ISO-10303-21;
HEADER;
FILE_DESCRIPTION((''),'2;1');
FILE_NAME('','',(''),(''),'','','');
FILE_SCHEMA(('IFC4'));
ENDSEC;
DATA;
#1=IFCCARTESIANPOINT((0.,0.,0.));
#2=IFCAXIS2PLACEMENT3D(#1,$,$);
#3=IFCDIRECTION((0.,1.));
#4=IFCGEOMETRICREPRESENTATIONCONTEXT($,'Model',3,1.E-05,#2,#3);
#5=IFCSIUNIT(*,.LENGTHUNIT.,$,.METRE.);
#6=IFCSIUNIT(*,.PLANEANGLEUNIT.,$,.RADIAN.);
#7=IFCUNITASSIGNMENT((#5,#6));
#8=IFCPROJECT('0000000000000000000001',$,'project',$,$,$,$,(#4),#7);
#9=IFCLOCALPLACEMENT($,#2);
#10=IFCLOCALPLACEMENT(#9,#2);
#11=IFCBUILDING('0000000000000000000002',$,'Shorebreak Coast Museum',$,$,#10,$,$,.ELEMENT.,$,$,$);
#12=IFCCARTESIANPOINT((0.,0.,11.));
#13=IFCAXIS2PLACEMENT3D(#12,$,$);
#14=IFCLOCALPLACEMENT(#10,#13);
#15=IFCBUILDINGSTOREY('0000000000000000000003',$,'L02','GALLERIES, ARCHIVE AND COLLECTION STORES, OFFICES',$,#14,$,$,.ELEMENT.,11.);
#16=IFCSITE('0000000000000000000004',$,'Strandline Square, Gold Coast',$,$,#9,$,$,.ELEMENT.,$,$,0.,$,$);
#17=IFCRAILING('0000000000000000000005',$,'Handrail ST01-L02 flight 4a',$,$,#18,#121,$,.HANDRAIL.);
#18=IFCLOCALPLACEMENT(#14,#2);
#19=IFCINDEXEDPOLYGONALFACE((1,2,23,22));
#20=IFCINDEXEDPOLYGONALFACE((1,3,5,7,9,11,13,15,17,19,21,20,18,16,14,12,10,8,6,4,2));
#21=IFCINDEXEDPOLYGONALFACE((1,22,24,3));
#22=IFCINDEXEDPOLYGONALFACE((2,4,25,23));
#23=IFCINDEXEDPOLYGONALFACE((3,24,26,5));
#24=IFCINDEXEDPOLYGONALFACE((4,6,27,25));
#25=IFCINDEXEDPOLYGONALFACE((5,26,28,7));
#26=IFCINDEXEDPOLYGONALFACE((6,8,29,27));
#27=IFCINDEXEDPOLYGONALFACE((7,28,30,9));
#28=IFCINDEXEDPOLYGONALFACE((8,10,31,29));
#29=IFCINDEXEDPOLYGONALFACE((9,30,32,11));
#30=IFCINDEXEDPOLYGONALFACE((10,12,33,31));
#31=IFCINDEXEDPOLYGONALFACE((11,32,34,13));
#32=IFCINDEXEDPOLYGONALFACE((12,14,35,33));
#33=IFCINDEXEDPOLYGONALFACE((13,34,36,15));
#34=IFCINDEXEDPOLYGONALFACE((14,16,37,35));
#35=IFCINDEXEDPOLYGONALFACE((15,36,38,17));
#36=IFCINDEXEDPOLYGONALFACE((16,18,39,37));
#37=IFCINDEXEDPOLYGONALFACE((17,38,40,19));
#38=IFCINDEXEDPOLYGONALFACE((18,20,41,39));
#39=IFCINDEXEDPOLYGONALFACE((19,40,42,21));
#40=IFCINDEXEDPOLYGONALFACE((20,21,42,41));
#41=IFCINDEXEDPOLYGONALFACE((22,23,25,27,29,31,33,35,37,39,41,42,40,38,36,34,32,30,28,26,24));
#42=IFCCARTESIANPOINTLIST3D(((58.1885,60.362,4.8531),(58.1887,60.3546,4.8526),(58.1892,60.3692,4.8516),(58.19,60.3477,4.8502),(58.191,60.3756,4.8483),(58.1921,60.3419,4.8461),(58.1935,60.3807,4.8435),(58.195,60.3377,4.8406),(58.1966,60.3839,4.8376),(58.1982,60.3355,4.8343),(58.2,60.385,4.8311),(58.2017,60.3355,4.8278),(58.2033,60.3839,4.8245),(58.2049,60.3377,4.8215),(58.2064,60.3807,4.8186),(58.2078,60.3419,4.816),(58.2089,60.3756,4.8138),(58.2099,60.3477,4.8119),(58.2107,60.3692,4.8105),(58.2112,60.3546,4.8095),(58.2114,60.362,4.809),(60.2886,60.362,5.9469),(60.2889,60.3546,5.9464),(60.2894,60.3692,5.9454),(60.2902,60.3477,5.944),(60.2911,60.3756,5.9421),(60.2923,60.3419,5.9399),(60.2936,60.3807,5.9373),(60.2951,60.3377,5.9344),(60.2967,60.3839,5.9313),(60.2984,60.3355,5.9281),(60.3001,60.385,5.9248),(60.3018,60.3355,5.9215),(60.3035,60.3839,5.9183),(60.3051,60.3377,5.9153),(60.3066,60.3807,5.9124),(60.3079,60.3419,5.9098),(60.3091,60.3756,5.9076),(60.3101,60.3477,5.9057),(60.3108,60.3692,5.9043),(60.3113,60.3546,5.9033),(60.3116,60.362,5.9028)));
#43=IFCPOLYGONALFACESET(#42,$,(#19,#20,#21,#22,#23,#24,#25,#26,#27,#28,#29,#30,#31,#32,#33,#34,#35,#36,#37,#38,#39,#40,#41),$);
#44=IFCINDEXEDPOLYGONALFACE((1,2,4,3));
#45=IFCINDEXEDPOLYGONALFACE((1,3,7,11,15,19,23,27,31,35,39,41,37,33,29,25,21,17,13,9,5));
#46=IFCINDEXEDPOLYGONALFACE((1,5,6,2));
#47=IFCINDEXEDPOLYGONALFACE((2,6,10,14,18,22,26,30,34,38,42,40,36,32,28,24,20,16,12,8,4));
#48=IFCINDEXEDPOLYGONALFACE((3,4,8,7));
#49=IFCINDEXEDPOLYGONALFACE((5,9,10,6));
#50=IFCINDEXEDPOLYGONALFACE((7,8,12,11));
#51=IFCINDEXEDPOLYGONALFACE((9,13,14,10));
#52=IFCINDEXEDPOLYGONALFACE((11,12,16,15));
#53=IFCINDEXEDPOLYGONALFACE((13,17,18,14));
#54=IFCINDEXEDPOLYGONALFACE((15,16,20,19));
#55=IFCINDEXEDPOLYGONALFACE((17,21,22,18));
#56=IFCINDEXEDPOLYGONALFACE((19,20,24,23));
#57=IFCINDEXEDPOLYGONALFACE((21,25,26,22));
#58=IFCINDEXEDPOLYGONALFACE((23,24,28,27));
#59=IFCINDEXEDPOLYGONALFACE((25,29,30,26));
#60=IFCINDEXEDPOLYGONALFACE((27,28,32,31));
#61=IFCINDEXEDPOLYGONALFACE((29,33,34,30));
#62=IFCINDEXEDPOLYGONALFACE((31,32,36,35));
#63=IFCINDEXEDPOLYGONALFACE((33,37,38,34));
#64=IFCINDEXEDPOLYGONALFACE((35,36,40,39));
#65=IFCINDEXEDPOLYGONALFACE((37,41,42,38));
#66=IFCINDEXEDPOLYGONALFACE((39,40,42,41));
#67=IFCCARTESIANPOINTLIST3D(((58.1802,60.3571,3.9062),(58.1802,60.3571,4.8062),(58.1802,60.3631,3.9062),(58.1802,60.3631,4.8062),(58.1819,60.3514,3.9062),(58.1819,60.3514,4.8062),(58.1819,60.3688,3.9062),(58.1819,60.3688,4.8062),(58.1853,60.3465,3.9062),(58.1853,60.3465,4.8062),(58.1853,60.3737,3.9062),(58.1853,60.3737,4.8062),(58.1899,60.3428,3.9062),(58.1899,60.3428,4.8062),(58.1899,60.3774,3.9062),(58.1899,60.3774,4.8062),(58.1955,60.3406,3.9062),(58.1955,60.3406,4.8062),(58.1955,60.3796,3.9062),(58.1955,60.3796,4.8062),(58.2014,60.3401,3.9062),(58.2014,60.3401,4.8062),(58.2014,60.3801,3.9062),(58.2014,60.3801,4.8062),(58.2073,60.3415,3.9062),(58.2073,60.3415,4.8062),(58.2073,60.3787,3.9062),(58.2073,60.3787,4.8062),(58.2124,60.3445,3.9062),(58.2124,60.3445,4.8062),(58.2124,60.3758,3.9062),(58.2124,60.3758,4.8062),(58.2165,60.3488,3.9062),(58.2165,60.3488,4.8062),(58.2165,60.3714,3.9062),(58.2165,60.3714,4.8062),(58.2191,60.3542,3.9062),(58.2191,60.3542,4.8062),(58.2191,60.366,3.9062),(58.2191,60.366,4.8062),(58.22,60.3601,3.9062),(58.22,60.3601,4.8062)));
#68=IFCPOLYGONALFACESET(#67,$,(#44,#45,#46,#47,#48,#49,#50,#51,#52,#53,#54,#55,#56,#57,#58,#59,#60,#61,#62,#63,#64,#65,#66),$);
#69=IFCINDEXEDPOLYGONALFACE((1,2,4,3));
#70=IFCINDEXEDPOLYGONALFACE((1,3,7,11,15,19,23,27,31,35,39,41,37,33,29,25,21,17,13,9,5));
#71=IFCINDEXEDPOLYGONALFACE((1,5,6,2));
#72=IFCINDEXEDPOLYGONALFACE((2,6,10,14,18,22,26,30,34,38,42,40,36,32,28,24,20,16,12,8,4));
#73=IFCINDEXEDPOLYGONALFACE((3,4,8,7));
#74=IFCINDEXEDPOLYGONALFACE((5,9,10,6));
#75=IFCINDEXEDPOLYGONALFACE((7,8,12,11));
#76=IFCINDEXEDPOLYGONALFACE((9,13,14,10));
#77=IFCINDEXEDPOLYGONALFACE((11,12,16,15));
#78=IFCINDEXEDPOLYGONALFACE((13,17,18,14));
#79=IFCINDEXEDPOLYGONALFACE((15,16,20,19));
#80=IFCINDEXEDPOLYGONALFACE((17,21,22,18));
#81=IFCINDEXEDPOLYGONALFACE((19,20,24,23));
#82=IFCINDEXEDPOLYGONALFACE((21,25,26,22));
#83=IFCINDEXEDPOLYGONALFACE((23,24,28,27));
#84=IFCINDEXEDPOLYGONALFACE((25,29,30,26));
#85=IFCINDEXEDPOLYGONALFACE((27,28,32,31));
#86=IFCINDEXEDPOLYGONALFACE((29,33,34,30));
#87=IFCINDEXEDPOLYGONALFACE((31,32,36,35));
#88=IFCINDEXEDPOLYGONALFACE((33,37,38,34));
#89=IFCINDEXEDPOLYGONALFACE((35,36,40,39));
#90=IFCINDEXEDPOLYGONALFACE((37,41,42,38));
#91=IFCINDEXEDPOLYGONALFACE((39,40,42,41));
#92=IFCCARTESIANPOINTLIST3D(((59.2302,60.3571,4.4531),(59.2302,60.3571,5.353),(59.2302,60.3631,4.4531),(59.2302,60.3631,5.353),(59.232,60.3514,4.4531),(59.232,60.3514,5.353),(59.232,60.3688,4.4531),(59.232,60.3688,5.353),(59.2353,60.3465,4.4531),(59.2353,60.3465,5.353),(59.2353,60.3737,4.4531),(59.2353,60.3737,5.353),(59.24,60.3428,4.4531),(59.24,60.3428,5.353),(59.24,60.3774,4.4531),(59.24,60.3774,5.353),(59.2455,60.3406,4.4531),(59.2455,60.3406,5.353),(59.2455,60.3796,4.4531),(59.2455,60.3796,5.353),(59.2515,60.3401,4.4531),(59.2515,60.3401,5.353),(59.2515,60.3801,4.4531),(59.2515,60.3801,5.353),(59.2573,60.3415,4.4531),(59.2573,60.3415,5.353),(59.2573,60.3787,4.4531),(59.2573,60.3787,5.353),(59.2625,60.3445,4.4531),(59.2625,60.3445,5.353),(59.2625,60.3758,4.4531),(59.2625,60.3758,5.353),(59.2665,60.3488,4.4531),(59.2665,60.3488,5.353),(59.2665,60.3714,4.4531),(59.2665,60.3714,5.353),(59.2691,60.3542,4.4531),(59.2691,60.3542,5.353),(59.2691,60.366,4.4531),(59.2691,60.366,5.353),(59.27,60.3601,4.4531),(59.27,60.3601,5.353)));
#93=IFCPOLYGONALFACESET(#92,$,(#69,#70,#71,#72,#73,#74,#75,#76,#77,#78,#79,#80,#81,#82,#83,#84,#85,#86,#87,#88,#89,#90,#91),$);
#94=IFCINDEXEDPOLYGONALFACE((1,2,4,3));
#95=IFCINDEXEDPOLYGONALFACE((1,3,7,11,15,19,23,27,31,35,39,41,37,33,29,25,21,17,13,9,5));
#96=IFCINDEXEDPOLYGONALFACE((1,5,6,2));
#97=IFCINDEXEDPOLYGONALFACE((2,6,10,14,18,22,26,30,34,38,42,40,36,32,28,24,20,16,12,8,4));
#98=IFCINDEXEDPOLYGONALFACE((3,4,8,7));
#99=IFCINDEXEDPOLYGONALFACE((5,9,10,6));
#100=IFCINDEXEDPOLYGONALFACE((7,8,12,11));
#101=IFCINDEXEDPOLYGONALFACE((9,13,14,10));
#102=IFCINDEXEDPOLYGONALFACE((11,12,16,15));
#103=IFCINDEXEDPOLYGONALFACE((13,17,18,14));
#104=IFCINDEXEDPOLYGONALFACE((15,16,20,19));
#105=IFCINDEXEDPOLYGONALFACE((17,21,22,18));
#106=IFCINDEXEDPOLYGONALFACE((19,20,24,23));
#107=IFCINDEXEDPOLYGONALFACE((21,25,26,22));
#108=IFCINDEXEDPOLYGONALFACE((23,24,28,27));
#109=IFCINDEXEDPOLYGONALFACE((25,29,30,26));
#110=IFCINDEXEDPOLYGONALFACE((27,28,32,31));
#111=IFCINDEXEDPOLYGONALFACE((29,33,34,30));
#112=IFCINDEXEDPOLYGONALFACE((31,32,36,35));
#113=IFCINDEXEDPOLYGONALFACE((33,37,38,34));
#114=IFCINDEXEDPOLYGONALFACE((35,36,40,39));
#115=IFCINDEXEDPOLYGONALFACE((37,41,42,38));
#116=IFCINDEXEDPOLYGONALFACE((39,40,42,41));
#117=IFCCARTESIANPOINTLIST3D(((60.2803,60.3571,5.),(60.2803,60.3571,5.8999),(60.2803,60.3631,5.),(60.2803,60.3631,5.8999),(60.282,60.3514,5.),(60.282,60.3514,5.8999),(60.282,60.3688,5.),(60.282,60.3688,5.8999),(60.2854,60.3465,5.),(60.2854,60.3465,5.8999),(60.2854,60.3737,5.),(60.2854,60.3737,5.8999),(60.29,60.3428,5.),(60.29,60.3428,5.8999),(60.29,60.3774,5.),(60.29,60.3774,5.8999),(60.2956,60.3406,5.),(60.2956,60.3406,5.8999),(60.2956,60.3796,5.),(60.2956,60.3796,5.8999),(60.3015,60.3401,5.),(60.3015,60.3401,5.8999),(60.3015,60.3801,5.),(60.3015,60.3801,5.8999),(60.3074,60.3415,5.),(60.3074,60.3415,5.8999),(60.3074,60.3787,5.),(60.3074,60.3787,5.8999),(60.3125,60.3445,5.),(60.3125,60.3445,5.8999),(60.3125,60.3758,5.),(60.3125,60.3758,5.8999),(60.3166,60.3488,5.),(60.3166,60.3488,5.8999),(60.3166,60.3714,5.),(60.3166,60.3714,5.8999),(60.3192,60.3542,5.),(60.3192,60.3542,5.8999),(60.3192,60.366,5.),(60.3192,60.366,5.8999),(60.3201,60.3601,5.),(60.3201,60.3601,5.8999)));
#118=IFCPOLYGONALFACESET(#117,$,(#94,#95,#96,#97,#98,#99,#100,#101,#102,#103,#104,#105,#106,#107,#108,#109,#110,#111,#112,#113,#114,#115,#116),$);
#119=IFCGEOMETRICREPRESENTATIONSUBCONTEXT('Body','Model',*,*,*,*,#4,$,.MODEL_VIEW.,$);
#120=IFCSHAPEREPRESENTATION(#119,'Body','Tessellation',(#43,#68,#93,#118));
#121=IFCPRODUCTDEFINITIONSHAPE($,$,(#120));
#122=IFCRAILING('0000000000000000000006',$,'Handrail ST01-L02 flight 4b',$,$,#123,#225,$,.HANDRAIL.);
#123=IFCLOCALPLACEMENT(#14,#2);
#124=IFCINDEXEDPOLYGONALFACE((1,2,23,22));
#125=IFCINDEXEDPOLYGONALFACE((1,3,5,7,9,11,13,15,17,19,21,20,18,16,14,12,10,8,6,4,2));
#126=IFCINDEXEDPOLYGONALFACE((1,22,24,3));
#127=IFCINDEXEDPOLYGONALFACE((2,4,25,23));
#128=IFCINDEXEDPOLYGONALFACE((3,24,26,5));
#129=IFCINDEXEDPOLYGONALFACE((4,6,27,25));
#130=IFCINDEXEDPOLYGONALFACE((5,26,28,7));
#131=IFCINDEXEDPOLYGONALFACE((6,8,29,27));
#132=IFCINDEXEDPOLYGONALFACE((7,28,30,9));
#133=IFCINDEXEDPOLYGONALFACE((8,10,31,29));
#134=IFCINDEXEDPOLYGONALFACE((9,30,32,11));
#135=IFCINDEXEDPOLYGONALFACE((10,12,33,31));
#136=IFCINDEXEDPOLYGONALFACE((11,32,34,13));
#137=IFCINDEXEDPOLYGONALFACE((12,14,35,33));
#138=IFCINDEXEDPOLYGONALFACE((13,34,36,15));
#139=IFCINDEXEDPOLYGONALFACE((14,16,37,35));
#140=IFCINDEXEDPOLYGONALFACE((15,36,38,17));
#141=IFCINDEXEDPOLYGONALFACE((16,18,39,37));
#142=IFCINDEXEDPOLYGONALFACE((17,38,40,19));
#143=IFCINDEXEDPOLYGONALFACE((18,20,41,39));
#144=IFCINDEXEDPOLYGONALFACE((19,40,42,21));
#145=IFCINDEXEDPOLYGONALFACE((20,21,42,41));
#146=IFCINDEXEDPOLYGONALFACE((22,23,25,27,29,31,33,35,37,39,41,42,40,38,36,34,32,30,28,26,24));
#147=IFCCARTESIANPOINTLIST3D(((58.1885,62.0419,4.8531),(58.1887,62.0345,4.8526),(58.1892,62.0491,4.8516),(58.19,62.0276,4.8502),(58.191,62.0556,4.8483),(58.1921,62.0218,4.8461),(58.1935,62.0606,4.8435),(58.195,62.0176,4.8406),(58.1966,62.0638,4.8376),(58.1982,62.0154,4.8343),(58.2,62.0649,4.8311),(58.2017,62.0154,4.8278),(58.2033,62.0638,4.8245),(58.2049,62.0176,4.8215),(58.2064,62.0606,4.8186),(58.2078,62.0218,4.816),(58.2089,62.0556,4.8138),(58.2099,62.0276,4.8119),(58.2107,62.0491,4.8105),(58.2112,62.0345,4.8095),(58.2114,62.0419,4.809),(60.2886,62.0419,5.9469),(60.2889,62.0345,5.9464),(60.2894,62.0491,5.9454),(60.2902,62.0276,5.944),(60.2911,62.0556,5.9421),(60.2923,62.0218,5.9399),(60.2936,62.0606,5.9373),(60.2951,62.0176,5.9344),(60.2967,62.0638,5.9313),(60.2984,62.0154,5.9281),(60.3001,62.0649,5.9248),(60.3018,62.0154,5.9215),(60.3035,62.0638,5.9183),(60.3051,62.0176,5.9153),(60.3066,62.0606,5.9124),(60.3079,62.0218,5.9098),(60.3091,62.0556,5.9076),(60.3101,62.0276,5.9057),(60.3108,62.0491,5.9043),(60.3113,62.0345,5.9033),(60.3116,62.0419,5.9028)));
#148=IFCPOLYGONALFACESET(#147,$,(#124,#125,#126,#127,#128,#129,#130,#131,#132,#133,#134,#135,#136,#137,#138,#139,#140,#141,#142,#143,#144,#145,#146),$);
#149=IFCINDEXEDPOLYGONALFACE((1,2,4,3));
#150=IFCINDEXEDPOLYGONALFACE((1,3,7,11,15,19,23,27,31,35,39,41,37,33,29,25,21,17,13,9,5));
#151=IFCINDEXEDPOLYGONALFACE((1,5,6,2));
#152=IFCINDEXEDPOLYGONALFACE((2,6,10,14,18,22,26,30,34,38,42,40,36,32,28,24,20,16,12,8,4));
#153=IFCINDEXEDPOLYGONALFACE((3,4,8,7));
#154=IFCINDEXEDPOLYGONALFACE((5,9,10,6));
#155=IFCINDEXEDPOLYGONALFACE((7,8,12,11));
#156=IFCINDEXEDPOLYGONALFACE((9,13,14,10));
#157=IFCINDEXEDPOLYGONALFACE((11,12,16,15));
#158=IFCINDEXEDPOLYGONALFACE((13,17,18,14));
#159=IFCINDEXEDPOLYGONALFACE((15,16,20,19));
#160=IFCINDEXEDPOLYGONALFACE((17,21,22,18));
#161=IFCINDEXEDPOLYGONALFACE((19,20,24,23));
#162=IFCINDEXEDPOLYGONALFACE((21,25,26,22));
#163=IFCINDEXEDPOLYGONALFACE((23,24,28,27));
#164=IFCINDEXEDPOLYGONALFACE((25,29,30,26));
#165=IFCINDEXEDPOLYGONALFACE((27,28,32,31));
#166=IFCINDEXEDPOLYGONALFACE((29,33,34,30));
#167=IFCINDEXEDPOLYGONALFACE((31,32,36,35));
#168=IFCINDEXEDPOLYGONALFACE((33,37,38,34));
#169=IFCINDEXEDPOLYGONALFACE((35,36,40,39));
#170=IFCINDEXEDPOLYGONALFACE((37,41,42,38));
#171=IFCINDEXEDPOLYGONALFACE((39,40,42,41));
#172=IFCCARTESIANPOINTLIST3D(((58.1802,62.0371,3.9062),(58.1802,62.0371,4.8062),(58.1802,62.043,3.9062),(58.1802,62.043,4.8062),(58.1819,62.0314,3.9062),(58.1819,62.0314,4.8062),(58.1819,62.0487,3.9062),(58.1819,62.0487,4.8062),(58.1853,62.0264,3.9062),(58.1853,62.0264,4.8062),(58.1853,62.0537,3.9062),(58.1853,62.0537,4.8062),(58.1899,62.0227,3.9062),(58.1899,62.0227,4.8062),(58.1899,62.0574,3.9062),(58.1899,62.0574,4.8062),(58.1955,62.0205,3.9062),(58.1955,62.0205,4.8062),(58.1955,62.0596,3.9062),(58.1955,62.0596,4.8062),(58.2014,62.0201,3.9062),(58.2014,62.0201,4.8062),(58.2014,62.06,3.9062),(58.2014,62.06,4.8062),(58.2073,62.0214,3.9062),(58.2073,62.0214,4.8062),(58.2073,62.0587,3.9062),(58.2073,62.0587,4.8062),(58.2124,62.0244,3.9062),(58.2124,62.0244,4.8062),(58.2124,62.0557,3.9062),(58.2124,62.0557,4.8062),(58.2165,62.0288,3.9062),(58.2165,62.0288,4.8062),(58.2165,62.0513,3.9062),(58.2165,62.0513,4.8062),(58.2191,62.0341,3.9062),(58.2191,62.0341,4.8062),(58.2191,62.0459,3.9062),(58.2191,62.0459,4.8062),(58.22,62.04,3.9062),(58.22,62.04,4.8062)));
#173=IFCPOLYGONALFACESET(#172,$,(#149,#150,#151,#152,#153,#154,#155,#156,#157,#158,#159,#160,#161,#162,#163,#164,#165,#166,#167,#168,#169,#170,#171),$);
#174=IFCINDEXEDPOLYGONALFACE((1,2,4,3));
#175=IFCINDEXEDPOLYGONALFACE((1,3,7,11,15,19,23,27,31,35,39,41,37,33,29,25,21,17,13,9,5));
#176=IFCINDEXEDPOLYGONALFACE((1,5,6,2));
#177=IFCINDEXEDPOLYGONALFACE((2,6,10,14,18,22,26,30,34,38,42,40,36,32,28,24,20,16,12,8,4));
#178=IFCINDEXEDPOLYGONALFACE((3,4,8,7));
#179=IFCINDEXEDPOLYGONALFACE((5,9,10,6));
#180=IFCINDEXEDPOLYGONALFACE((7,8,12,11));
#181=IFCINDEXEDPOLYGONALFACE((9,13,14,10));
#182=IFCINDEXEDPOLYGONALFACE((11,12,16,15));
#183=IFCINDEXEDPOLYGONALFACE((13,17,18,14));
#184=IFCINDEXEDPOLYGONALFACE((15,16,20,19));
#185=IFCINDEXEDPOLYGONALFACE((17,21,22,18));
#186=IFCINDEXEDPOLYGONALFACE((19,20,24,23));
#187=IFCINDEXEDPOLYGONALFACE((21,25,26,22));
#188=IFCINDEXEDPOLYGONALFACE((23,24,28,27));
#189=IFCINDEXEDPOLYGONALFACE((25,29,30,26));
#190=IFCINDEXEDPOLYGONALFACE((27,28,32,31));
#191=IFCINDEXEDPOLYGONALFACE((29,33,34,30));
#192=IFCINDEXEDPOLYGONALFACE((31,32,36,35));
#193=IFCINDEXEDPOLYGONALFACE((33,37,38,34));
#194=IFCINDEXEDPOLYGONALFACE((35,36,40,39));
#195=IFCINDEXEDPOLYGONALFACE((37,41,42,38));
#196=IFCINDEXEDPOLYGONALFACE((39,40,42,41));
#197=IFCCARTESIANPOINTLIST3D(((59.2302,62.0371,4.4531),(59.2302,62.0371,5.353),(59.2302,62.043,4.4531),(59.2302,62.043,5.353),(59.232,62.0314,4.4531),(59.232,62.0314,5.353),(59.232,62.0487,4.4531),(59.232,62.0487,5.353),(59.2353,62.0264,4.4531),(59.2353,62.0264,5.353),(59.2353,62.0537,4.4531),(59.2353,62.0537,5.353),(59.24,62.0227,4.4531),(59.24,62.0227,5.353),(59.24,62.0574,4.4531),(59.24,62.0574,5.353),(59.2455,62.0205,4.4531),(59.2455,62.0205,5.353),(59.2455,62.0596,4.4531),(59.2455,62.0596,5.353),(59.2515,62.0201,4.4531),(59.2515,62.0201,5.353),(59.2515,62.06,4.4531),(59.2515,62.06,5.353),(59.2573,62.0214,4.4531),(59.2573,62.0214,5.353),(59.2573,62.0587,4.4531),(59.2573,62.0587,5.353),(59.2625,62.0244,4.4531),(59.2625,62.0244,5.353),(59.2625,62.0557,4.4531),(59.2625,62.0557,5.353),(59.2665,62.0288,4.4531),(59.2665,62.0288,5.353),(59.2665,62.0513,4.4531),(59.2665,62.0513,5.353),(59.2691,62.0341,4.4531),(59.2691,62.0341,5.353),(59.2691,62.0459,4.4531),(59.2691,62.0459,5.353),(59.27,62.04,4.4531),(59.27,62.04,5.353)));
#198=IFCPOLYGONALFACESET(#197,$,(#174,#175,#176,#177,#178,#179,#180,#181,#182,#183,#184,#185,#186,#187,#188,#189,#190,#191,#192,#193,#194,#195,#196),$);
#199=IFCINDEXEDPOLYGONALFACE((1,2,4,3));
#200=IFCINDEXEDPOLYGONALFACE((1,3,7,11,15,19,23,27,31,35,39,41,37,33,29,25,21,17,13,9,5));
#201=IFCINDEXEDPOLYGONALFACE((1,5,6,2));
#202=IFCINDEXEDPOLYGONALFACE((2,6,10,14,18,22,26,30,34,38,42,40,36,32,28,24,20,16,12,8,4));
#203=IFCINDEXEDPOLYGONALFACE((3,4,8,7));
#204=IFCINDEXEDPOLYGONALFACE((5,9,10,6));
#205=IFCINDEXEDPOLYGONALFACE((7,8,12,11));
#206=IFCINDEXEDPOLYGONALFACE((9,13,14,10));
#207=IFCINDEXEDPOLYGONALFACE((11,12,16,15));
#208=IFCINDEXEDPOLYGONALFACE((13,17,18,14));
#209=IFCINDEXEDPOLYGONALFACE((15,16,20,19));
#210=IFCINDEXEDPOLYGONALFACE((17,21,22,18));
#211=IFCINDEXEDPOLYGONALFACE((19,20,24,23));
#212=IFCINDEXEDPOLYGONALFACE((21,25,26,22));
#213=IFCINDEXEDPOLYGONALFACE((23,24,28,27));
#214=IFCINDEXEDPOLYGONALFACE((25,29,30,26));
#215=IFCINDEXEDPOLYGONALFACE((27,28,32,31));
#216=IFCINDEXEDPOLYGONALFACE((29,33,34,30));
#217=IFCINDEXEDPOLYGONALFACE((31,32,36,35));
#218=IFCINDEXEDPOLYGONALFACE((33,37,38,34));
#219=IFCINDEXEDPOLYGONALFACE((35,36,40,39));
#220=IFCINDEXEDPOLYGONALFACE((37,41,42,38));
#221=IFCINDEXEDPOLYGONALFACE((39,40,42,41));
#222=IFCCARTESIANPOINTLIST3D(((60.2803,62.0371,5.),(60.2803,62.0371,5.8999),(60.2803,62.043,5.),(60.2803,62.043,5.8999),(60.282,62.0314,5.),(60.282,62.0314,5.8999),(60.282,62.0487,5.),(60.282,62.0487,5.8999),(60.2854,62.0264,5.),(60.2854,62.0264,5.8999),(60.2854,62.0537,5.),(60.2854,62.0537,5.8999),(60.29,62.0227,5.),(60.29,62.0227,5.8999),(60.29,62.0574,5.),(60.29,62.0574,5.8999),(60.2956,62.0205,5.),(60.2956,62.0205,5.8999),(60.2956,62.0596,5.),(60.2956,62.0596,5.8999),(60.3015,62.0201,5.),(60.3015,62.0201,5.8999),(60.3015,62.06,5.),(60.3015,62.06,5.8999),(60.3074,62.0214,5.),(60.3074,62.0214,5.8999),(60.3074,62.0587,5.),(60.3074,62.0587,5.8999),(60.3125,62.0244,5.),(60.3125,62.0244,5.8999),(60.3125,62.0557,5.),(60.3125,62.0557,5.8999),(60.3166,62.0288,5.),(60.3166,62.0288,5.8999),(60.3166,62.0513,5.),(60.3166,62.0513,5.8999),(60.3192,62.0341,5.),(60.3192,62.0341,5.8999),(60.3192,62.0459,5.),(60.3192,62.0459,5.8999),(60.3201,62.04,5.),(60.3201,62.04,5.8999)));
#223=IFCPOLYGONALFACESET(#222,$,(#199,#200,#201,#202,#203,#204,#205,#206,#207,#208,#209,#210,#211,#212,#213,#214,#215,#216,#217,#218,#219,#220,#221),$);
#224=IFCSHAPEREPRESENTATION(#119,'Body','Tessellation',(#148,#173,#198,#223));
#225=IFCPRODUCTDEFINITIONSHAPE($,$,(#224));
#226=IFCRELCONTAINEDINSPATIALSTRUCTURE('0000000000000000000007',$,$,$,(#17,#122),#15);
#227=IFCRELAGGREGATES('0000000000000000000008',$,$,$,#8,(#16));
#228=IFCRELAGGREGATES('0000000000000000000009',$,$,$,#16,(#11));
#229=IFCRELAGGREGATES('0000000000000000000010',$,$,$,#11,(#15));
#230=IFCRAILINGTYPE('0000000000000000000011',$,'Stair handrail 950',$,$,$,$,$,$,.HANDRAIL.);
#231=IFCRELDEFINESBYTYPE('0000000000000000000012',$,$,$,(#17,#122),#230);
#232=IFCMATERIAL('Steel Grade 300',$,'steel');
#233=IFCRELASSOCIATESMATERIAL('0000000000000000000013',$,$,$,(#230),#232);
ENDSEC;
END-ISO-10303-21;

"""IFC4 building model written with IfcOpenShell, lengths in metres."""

from ifc_helpers import new_model, si_unit, direction, frame, origin, origin_2d, place, context, subcontext, project, spatial, circle, extrude, material, type_object, element, save


model = new_model("IFC4")

# Units and contexts
model_context = context("Model", 3, precision=1e-05, world=origin(), true_north=direction((0.0, 1.0)))
body_context = subcontext(model_context, "Body", "Model", "MODEL_VIEW")
ifc_project = project(units=[si_unit("LENGTHUNIT", "METRE"), si_unit("PLANEANGLEUNIT", "RADIAN")], contexts=[model_context])

# Site, building, storey
site_placement = place(None, origin())
site = spatial("IfcSite", under=ifc_project, at=site_placement, Name="Strandline Square, Gold Coast", CompositionType="ELEMENT", RefElevation=0.0)
building_placement = place(site_placement, origin())
building = spatial("IfcBuilding", under=site, at=building_placement, Name="Shorebreak Coast Museum", CompositionType="ELEMENT")
storey_placement = place(building_placement, frame((0.0, 0.0, 11.0)))
storey = spatial("IfcBuildingStorey", under=building, at=storey_placement, Name="L02", Description="GALLERIES, ARCHIVE AND COLLECTION STORES, OFFICES", CompositionType="ELEMENT", Elevation=11.0)

# Railings
ifc_material_1 = material(Name="Steel Grade 300", Category="steel")
railing_type_1 = type_object("IfcRailingType", Name="Stair handrail 950", PredefinedType="HANDRAIL", material=ifc_material_1)
for number, where, name in (
    (1, (58.2, 60.3601, 3.9062), "Handrail ST01-L02 flight 4a"),
    (2, (58.2, 62.04, 3.9062), "Handrail ST01-L02 flight 4b"),
):
    element("IfcRailing", number, at=place(storey_placement, frame(where)), inside=storey, type_object=railing_type_1, Name=name, PredefinedType="HANDRAIL", context=body_context, shape_type="SweptSolid", body=[
        extrude(circle(Radius=0.0249, at=origin_2d()), frame((0.0, 0.0, 0.9248), z_axis=(0.886923, 0.0, 0.461918), x_axis=(0.0, 1.0, 0.0)), (0.0, 0.0, 1.0), 2.3679),
        extrude(circle(Radius=0.02, at=origin_2d()), origin(), (0.0, 0.0, 1.0), 0.8999),
        extrude(circle(Radius=0.02, at=origin_2d()), frame((1.05, 0.0, 0.5469)), (0.0, 0.0, 1.0), 0.8999),
        extrude(circle(Radius=0.02, at=origin_2d()), frame((2.1001, 0.0, 1.0938)), (0.0, 0.0, 1.0), 0.8999),
    ])

save(model, "model.ifc")
